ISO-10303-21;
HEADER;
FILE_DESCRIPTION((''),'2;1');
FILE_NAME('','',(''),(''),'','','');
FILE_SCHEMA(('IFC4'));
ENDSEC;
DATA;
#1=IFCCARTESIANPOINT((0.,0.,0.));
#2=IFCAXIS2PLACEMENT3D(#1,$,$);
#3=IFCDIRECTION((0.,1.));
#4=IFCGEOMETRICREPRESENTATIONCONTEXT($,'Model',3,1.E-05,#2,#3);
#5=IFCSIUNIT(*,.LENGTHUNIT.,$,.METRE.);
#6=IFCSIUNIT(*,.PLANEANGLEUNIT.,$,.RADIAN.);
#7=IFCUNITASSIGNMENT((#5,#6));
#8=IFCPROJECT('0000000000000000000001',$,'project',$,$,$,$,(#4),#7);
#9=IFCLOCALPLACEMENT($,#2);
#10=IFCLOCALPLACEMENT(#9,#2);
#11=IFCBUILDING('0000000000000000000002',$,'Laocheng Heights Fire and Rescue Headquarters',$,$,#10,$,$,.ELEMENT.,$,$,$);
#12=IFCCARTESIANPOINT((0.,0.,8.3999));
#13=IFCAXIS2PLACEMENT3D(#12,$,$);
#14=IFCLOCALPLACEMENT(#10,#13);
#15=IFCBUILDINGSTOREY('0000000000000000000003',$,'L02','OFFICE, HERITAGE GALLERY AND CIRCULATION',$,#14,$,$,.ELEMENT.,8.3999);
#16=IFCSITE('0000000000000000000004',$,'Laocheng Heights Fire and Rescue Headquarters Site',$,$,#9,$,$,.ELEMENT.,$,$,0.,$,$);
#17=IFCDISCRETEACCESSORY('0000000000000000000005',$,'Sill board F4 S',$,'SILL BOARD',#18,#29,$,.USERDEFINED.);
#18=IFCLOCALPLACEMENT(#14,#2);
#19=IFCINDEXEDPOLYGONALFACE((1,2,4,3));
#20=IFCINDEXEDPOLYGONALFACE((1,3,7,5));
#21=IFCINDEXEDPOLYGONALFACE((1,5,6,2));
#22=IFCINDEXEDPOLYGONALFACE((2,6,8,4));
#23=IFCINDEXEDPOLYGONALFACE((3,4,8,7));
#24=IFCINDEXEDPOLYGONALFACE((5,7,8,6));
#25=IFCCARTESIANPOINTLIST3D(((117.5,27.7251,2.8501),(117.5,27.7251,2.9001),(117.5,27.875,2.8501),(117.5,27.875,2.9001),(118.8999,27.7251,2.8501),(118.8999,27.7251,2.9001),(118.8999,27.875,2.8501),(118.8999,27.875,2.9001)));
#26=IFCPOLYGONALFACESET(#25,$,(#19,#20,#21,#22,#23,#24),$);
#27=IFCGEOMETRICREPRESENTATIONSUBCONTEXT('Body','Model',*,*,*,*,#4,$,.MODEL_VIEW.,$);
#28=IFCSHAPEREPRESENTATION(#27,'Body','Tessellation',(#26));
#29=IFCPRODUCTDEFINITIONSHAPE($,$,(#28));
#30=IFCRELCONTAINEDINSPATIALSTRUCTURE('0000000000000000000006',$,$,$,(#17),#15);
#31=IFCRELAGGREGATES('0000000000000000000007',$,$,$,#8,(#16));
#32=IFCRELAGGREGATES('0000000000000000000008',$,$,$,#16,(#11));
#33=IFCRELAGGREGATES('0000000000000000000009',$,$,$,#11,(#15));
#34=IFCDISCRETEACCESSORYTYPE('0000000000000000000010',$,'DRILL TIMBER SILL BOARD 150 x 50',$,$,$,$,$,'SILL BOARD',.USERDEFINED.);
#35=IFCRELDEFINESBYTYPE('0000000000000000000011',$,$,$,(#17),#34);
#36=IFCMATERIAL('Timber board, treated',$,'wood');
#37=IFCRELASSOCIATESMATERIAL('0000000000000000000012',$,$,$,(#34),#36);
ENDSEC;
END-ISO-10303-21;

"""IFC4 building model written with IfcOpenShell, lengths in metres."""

from ifc_helpers import new_model, si_unit, direction, frame, origin, origin_2d, place, context, subcontext, project, spatial, rectangle, extrude, material, type_object, element, save


model = new_model("IFC4")

# Units and contexts
model_context = context("Model", 3, precision=1e-05, world=origin(), true_north=direction((0.0, 1.0)))
body_context = subcontext(model_context, "Body", "Model", "MODEL_VIEW")
ifc_project = project(units=[si_unit("LENGTHUNIT", "METRE"), si_unit("PLANEANGLEUNIT", "RADIAN")], contexts=[model_context])

# Site, building, storey
site_placement = place(None, origin())
site = spatial("IfcSite", under=ifc_project, at=site_placement, Name="Laocheng Heights Fire and Rescue Headquarters Site", CompositionType="ELEMENT", RefElevation=0.0)
building_placement = place(site_placement, origin())
building = spatial("IfcBuilding", under=site, at=building_placement, Name="Laocheng Heights Fire and Rescue Headquarters", CompositionType="ELEMENT")
storey_placement = place(building_placement, frame((0.0, 0.0, 8.3999)))
storey = spatial("IfcBuildingStorey", under=building, at=storey_placement, Name="L02", Description="OFFICE, HERITAGE GALLERY AND CIRCULATION", CompositionType="ELEMENT", Elevation=8.3999)

# Discrete accessory
ifc_material_1 = material(Name="Timber board, treated", Category="wood")
discrete_accessory_type = type_object("IfcDiscreteAccessoryType", Name="DRILL TIMBER SILL BOARD 150 x 50", ElementType="SILL BOARD", PredefinedType="USERDEFINED", material=ifc_material_1)
discrete_accessory_placement = place(storey_placement, frame((118.2, 27.8, 2.8501), z_axis=(0.0, 0.0, 1.0), x_axis=(1.0, 0.0, 0.0)))
element("IfcDiscreteAccessory", 1, at=discrete_accessory_placement, inside=storey, type_object=discrete_accessory_type, Name="Sill board F4 S", ObjectType="SILL BOARD", PredefinedType="USERDEFINED", context=body_context, shape_type="SweptSolid", body=[
    extrude(rectangle(XDim=1.3999, YDim=0.1499, at=origin_2d()), origin(), (0.0, 0.0, 1.0), 0.05),
])

save(model, "model.ifc")
